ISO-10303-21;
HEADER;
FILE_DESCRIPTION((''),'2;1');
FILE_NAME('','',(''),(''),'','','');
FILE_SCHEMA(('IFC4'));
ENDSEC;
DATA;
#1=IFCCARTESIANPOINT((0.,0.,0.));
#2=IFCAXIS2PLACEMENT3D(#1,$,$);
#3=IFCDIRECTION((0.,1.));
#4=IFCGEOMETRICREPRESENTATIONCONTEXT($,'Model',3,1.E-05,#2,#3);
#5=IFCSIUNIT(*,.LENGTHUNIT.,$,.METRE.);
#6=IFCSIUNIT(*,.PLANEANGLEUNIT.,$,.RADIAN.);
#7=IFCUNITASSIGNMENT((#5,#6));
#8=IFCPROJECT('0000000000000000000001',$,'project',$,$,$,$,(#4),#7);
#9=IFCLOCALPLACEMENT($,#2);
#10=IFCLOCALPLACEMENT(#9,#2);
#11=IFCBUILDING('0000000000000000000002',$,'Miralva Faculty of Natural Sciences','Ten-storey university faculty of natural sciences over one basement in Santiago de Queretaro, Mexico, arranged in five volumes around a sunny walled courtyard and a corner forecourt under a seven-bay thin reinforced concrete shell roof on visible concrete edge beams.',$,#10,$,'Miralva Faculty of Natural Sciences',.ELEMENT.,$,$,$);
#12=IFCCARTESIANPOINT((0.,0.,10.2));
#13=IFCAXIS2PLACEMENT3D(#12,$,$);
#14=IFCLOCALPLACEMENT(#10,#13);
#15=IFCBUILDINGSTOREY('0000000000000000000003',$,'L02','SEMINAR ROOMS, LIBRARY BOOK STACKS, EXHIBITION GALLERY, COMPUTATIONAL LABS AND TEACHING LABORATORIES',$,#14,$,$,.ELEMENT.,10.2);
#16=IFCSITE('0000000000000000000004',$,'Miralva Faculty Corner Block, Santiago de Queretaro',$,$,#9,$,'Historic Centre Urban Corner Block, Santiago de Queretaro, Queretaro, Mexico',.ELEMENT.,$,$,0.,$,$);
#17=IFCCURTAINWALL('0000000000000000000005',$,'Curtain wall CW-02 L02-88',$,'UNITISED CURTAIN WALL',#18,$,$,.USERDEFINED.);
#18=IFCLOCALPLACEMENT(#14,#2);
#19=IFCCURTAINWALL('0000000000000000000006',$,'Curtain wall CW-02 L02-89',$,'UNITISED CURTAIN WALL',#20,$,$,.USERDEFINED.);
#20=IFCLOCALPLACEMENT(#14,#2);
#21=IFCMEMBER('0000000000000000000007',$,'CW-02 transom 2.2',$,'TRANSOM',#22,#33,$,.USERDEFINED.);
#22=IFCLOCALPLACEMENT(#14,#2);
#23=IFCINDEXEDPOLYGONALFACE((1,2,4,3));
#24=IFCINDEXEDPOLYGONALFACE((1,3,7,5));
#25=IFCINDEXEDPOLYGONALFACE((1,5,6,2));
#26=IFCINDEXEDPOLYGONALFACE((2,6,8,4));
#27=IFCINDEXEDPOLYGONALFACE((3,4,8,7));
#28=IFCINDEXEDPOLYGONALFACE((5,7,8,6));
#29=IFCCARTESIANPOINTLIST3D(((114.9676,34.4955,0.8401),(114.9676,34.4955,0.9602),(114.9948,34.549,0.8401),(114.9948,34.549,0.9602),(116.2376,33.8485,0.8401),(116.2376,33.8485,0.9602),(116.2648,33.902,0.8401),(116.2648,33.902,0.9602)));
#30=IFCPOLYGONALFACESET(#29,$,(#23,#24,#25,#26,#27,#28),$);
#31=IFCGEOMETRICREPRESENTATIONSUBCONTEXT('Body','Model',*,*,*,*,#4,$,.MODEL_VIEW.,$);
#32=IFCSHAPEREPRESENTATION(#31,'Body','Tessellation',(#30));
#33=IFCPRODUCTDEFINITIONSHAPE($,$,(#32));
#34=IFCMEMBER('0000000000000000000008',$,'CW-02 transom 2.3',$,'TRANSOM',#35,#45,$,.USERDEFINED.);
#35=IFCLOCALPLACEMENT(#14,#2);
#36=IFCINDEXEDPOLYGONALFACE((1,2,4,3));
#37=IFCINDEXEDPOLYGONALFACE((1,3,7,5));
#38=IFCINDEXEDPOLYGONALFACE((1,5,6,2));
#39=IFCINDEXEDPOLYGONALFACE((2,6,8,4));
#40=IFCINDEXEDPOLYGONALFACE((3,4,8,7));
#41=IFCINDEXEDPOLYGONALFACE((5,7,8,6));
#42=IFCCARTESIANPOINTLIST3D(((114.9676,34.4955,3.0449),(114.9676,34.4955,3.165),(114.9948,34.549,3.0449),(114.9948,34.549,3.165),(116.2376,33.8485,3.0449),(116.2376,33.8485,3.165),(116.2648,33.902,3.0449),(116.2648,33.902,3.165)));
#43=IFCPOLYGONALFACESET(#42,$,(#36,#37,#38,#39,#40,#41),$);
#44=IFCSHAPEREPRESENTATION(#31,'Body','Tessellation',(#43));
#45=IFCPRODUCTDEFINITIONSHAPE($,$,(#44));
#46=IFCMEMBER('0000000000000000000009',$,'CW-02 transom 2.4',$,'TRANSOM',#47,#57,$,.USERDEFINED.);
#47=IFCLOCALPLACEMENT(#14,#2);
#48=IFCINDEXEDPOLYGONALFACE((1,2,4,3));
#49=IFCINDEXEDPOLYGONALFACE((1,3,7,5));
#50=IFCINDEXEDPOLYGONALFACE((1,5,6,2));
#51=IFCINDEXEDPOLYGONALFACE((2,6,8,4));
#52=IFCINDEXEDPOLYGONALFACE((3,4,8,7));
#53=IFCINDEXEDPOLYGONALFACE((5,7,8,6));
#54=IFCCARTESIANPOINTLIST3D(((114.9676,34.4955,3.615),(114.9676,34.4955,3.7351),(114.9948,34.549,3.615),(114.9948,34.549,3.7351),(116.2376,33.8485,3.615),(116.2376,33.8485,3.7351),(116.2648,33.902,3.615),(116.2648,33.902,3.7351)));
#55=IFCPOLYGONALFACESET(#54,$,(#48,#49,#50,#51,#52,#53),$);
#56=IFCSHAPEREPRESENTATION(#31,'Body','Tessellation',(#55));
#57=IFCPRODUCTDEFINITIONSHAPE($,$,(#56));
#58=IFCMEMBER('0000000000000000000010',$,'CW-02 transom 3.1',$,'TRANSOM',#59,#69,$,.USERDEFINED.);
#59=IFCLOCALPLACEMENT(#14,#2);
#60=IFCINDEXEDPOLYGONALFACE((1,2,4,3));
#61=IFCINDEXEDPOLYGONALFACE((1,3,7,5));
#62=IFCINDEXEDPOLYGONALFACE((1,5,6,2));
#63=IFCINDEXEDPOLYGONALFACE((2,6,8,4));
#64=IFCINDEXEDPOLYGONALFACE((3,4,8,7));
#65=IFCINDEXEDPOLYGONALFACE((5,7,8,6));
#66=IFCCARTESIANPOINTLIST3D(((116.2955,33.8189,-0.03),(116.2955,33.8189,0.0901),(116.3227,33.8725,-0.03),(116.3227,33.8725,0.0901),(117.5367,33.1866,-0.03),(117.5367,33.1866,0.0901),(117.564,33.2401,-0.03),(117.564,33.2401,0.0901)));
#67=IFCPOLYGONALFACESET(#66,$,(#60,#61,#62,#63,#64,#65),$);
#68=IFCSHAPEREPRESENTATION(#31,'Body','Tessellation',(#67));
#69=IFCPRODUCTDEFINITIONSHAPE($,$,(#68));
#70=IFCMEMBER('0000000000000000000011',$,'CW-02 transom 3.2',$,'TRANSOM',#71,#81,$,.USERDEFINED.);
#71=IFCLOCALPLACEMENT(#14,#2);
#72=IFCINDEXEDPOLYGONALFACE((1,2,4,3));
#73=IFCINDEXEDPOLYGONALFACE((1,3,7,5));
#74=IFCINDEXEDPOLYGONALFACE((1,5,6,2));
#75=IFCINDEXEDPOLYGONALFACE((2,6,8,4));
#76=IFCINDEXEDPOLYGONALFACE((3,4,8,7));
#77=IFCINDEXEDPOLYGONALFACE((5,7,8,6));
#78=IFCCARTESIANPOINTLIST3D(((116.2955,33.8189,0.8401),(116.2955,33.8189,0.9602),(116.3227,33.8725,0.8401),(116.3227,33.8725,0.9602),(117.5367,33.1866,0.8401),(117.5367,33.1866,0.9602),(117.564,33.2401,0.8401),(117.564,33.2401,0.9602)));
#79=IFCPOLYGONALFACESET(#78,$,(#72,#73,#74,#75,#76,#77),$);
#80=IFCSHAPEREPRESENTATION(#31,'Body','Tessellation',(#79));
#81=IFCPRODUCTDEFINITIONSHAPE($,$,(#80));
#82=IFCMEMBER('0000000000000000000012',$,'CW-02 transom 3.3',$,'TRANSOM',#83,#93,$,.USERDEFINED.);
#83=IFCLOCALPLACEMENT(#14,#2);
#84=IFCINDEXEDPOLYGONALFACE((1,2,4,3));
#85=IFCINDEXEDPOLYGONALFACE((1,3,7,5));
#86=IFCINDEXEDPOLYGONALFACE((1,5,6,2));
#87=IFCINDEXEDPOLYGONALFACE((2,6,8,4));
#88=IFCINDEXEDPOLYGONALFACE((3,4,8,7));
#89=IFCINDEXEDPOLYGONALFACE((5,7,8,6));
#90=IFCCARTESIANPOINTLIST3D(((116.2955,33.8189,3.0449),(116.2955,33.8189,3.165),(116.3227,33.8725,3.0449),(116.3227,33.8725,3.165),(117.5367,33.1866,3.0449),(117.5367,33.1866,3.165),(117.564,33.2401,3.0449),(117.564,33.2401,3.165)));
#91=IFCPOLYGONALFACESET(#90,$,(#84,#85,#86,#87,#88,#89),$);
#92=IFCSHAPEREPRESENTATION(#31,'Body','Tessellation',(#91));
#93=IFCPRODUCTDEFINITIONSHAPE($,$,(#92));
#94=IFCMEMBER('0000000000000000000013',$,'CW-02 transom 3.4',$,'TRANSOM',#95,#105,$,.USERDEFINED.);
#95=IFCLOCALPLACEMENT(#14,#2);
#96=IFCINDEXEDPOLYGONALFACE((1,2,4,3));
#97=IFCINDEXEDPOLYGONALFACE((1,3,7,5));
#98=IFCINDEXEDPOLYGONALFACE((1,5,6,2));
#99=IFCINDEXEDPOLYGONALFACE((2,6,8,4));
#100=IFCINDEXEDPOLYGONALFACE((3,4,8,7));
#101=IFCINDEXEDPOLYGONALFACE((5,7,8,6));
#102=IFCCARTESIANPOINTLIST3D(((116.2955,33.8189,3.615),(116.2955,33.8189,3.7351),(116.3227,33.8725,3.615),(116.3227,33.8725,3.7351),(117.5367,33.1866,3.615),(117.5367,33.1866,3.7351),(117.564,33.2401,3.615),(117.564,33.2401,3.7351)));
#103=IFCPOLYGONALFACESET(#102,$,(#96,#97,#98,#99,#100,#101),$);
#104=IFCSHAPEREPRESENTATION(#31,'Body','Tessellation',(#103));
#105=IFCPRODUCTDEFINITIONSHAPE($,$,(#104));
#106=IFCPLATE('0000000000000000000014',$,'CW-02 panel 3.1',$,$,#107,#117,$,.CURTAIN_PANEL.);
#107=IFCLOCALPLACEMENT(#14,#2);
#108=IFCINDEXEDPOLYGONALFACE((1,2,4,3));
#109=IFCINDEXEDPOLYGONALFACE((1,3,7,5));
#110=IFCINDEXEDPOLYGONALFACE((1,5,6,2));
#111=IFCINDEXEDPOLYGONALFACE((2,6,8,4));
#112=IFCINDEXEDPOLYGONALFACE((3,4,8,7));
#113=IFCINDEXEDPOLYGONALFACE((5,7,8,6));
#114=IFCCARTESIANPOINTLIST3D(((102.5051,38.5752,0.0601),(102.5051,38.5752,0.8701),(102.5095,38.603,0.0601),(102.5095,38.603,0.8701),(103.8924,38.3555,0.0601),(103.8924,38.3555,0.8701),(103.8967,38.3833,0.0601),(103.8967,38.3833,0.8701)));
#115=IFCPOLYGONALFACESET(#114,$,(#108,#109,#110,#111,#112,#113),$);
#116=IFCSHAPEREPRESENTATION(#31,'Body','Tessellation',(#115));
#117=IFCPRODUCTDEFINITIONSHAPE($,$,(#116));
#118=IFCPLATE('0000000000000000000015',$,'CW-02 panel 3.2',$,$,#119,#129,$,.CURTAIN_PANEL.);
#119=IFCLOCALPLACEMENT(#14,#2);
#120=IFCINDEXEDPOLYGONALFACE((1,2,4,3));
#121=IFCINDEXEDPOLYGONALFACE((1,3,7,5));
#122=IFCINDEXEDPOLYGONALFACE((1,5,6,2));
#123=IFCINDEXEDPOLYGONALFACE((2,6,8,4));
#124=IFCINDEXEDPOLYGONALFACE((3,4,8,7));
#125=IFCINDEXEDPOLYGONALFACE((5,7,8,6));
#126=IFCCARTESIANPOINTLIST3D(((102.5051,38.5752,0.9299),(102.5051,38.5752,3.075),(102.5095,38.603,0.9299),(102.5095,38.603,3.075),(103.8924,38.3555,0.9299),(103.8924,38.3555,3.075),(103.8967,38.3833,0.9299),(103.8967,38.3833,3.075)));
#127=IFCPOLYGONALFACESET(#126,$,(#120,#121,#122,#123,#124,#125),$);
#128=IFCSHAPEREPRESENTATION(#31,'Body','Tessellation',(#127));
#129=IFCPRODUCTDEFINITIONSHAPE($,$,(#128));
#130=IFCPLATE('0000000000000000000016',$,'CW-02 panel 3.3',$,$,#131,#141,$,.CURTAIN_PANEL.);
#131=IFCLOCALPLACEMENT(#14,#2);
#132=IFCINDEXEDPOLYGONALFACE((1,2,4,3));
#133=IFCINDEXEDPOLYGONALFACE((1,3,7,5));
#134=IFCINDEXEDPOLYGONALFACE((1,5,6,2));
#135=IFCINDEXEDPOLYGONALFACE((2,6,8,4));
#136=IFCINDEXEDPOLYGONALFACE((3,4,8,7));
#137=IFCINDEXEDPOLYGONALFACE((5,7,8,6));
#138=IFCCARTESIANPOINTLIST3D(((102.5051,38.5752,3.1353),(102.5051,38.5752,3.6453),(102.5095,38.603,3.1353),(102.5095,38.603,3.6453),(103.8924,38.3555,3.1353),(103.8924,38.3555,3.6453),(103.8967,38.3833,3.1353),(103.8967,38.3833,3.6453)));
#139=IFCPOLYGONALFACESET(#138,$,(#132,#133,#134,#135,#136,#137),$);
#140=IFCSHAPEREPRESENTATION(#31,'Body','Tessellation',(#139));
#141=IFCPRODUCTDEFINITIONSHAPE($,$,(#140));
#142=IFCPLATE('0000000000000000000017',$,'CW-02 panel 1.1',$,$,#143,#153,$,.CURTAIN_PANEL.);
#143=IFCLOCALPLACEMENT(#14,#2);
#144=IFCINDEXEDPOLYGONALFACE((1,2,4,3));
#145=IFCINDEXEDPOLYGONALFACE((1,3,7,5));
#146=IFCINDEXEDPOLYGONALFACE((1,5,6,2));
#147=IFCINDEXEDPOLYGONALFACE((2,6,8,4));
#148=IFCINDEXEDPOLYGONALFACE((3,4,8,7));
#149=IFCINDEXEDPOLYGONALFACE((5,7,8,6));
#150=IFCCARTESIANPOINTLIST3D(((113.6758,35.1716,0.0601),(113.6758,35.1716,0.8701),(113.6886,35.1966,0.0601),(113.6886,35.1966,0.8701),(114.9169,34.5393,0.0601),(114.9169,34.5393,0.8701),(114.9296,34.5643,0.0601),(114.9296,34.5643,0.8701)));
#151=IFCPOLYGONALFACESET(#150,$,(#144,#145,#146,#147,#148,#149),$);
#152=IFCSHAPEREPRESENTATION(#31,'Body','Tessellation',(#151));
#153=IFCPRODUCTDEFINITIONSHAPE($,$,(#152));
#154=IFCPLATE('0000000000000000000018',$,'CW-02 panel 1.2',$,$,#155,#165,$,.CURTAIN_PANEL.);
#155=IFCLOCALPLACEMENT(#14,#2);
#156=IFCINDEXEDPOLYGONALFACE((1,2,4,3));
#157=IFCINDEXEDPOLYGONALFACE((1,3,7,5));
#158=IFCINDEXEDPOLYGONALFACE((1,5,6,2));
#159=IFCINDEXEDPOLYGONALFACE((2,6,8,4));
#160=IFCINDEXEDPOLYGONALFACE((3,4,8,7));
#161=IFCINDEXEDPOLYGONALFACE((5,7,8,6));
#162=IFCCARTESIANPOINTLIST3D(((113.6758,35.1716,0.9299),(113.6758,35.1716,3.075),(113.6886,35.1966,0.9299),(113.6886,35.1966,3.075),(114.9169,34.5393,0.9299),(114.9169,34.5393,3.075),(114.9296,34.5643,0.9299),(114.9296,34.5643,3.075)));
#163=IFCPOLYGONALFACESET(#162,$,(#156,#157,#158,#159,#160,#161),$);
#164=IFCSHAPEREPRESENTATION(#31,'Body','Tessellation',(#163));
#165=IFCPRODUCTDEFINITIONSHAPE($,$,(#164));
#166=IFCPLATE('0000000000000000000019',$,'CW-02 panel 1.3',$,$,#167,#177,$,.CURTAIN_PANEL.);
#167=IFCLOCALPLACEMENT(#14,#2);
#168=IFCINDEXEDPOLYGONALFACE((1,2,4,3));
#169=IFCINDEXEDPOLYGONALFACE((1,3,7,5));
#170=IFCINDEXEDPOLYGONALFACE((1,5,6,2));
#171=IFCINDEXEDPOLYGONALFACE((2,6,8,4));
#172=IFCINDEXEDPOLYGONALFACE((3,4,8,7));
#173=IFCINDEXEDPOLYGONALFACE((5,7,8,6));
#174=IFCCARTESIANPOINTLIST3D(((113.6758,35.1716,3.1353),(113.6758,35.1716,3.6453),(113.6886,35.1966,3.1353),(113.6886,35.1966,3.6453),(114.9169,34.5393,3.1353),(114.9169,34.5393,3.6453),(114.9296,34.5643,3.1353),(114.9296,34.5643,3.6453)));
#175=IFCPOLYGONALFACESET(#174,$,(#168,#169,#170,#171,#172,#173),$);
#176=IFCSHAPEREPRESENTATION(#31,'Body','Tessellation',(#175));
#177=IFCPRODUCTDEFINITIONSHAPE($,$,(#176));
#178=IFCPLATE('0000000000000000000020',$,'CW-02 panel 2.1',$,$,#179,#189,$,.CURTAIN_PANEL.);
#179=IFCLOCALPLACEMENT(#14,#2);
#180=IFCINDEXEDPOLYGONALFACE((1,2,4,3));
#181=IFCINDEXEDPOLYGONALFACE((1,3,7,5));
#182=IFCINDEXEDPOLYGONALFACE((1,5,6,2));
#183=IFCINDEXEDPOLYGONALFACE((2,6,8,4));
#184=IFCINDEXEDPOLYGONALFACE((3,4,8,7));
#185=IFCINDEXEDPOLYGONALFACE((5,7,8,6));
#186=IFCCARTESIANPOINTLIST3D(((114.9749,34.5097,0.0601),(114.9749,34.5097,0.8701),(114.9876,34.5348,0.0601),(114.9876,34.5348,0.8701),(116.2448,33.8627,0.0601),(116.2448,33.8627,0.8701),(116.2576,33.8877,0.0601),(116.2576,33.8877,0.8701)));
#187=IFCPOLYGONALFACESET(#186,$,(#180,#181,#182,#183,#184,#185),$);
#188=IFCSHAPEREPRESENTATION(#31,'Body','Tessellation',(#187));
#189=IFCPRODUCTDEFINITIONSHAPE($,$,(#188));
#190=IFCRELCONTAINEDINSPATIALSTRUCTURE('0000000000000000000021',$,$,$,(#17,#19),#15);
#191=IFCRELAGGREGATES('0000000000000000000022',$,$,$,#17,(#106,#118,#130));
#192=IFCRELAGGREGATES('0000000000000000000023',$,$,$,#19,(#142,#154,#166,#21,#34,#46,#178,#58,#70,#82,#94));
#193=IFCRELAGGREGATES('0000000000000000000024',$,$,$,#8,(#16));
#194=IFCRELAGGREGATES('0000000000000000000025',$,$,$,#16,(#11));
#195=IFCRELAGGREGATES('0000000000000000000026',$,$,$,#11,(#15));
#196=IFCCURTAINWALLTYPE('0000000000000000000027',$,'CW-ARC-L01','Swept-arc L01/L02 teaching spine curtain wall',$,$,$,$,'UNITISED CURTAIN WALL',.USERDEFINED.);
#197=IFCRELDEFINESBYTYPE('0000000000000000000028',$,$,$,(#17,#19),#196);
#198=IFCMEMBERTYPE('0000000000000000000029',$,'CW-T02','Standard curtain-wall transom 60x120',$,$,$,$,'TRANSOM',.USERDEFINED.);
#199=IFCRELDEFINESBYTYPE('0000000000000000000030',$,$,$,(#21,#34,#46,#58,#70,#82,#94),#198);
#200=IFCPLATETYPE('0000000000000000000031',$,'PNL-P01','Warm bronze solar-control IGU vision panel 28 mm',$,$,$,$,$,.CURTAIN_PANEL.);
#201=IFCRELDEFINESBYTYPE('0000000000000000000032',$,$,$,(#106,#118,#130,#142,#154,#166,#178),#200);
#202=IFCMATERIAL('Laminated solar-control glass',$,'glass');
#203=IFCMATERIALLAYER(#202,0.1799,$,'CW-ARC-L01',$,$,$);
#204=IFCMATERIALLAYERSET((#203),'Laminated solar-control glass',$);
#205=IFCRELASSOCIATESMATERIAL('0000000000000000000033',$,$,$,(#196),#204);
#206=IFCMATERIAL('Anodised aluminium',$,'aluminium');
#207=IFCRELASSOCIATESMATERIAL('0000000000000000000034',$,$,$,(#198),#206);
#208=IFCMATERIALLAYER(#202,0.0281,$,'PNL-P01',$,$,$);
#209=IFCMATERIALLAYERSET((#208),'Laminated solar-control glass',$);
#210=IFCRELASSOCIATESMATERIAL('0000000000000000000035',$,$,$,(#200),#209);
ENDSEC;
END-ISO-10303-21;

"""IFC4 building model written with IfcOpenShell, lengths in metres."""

from ifc_helpers import new_model, si_unit, direction, frame, origin, origin_2d, place, context, subcontext, project, spatial, rectangle, extrude, material, layer, layer_set, material_profile, profile_set, type_object, element, aggregate, save


model = new_model("IFC4")

# Units and contexts
model_context = context("Model", 3, precision=1e-05, world=origin(), true_north=direction((0.0, 1.0)))
body_context = subcontext(model_context, "Body", "Model", "MODEL_VIEW")
ifc_project = project(units=[si_unit("LENGTHUNIT", "METRE"), si_unit("PLANEANGLEUNIT", "RADIAN")], contexts=[model_context])

# Site, building, storey
site_placement = place(None, origin())
site = spatial("IfcSite", under=ifc_project, at=site_placement, Name="Miralva Faculty Corner Block, Santiago de Queretaro", LongName="Historic Centre Urban Corner Block, Santiago de Queretaro, Queretaro, Mexico", CompositionType="ELEMENT", RefElevation=0.0)
building_placement = place(site_placement, origin())
building = spatial("IfcBuilding", under=site, at=building_placement, Name="Miralva Faculty of Natural Sciences", Description="Ten-storey university faculty of natural sciences over one basement in Santiago de Queretaro, Mexico, arranged in five volumes around a sunny walled courtyard and a corner forecourt under a seven-bay thin reinforced concrete shell roof on visible concrete edge beams.", LongName="Miralva Faculty of Natural Sciences", CompositionType="ELEMENT")
storey_placement = place(building_placement, frame((0.0, 0.0, 10.2)))
storey = spatial("IfcBuildingStorey", under=building, at=storey_placement, Name="L02", Description="SEMINAR ROOMS, LIBRARY BOOK STACKS, EXHIBITION GALLERY, COMPUTATIONAL LABS AND TEACHING LABORATORIES", CompositionType="ELEMENT", Elevation=10.2)

# Curtain wall
ifc_material_1 = material(Name="Laminated solar-control glass", Category="glass")
ifc_layer_1 = layer(ifc_material_1, 0.1799, Name="CW-ARC-L01")
ifc_layer_set_1 = layer_set([ifc_layer_1], Name="Laminated solar-control glass")
curtain_wall_type = type_object("IfcCurtainWallType", Name="CW-ARC-L01", Description="Swept-arc L01/L02 teaching spine curtain wall", ElementType="UNITISED CURTAIN WALL", PredefinedType="USERDEFINED", material=ifc_layer_set_1)
curtain_wall_1_placement = place(storey_placement, origin())
curtain_wall_1 = element("IfcCurtainWall", 1, at=curtain_wall_1_placement, inside=storey, type_object=curtain_wall_type, Name="Curtain wall CW-02 L02-88", ObjectType="UNITISED CURTAIN WALL", PredefinedType="USERDEFINED")
ifc_material_2 = material(Name="Anodised aluminium", Category="aluminium")

# Curtain wall
curtain_wall_2_placement = place(storey_placement, origin())
curtain_wall_2 = element("IfcCurtainWall", 2, at=curtain_wall_2_placement, inside=storey, type_object=curtain_wall_type, Name="Curtain wall CW-02 L02-89", ObjectType="UNITISED CURTAIN WALL", PredefinedType="USERDEFINED")

# Members
ifc_material_profile_1 = material_profile(ifc_material_2, rectangle(XDim=0.0601, YDim=0.1201, at=origin_2d()), Name="TRANSOM 60x120")
ifc_profile_set_1 = profile_set([ifc_material_profile_1], Name="Anodised aluminium")
member_type_1 = type_object("IfcMemberType", Name="CW-T02", Description="Standard curtain-wall transom 60x120", ElementType="TRANSOM", PredefinedType="USERDEFINED", material=ifc_profile_set_1)
member_1_placement = place(storey_placement, frame((114.9812, 34.5222, 0.9001), z_axis=(0.891045, -0.453916, 0.0), x_axis=(0.453916, 0.891045, 0.0)))
member_1 = element("IfcMember", 3, at=member_1_placement, type_object=member_type_1, Name="CW-02 transom 2.2", ObjectType="TRANSOM", PredefinedType="USERDEFINED", context=body_context, shape_type="SweptSolid", body=[
    extrude(rectangle(XDim=0.0601, YDim=0.1201, at=origin_2d()), origin(), (0.0, 0.0, 1.0), 1.4253),
])
member_2_placement = place(storey_placement, frame((114.9812, 34.5222, 3.105), z_axis=(0.891045, -0.453916, 0.0), x_axis=(0.453916, 0.891045, 0.0)))
member_2 = element("IfcMember", 4, at=member_2_placement, type_object=member_type_1, Name="CW-02 transom 2.3", ObjectType="TRANSOM", PredefinedType="USERDEFINED", context=body_context, shape_type="SweptSolid", body=[
    extrude(rectangle(XDim=0.0601, YDim=0.1201, at=origin_2d()), origin(), (0.0, 0.0, 1.0), 1.4253),
])
member_3_placement = place(storey_placement, frame((114.9812, 34.5222, 3.675), z_axis=(0.891045, -0.453916, 0.0), x_axis=(0.453916, 0.891045, 0.0)))
member_3 = element("IfcMember", 5, at=member_3_placement, type_object=member_type_1, Name="CW-02 transom 2.4", ObjectType="TRANSOM", PredefinedType="USERDEFINED", context=body_context, shape_type="SweptSolid", body=[
    extrude(rectangle(XDim=0.0601, YDim=0.1201, at=origin_2d()), origin(), (0.0, 0.0, 1.0), 1.4253),
])
member_4_placement = place(storey_placement, frame((116.3091, 33.8457, 0.03), z_axis=(0.891037, -0.453931, 0.0), x_axis=(0.453931, 0.891037, 0.0)))
member_4 = element("IfcMember", 6, at=member_4_placement, type_object=member_type_1, Name="CW-02 transom 3.1", ObjectType="TRANSOM", PredefinedType="USERDEFINED", context=body_context, shape_type="SweptSolid", body=[
    extrude(rectangle(XDim=0.0601, YDim=0.1201, at=origin_2d()), origin(), (0.0, 0.0, 1.0), 1.3931),
])
member_5_placement = place(storey_placement, frame((116.3091, 33.8457, 0.9001), z_axis=(0.891037, -0.453931, 0.0), x_axis=(0.453931, 0.891037, 0.0)))
member_5 = element("IfcMember", 7, at=member_5_placement, type_object=member_type_1, Name="CW-02 transom 3.2", ObjectType="TRANSOM", PredefinedType="USERDEFINED", context=body_context, shape_type="SweptSolid", body=[
    extrude(rectangle(XDim=0.0601, YDim=0.1201, at=origin_2d()), origin(), (0.0, 0.0, 1.0), 1.3931),
])
member_6_placement = place(storey_placement, frame((116.3091, 33.8457, 3.105), z_axis=(0.891037, -0.453931, 0.0), x_axis=(0.453931, 0.891037, 0.0)))
member_6 = element("IfcMember", 8, at=member_6_placement, type_object=member_type_1, Name="CW-02 transom 3.3", ObjectType="TRANSOM", PredefinedType="USERDEFINED", context=body_context, shape_type="SweptSolid", body=[
    extrude(rectangle(XDim=0.0601, YDim=0.1201, at=origin_2d()), origin(), (0.0, 0.0, 1.0), 1.3931),
])
member_7_placement = place(storey_placement, frame((116.3091, 33.8457, 3.675), z_axis=(0.891037, -0.453931, 0.0), x_axis=(0.453931, 0.891037, 0.0)))
member_7 = element("IfcMember", 9, at=member_7_placement, type_object=member_type_1, Name="CW-02 transom 3.4", ObjectType="TRANSOM", PredefinedType="USERDEFINED", context=body_context, shape_type="SweptSolid", body=[
    extrude(rectangle(XDim=0.0601, YDim=0.1201, at=origin_2d()), origin(), (0.0, 0.0, 1.0), 1.3931),
])

# Plates
ifc_layer_2 = layer(ifc_material_1, 0.0281, Name="PNL-P01")
ifc_layer_set_2 = layer_set([ifc_layer_2], Name="Laminated solar-control glass")
plate_type = type_object("IfcPlateType", Name="PNL-P01", Description="Warm bronze solar-control IGU vision panel 28 mm", PredefinedType="CURTAIN_PANEL", material=ifc_layer_set_2)
plate_1_placement = place(storey_placement, frame((103.2009, 38.4792, 0.0601), z_axis=(0.0, 0.0, 1.0), x_axis=(0.987688, -0.156437, 0.0)))
plate_1 = element("IfcPlate", 10, at=plate_1_placement, type_object=plate_type, Name="CW-02 panel 3.1", PredefinedType="CURTAIN_PANEL", context=body_context, shape_type="SweptSolid", body=[
    extrude(rectangle(XDim=1.4045, YDim=0.0281, at=origin_2d()), origin(), (0.0, 0.0, 1.0), 0.8101),
])
plate_2_placement = place(storey_placement, frame((103.2009, 38.4792, 0.9299), z_axis=(0.0, 0.0, 1.0), x_axis=(0.987688, -0.156437, 0.0)))
plate_2 = element("IfcPlate", 11, at=plate_2_placement, type_object=plate_type, Name="CW-02 panel 3.2", PredefinedType="CURTAIN_PANEL", context=body_context, shape_type="SweptSolid", body=[
    extrude(rectangle(XDim=1.4045, YDim=0.0281, at=origin_2d()), origin(), (0.0, 0.0, 1.0), 2.145),
])
plate_3_placement = place(storey_placement, frame((103.2009, 38.4792, 3.1353), z_axis=(0.0, 0.0, 1.0), x_axis=(0.987688, -0.156437, 0.0)))
plate_3 = element("IfcPlate", 12, at=plate_3_placement, type_object=plate_type, Name="CW-02 panel 3.3", PredefinedType="CURTAIN_PANEL", context=body_context, shape_type="SweptSolid", body=[
    extrude(rectangle(XDim=1.4045, YDim=0.0281, at=origin_2d()), origin(), (0.0, 0.0, 1.0), 0.51),
])
aggregate(curtain_wall_1, [plate_1, plate_2, plate_3])
plate_4_placement = place(storey_placement, frame((114.3027, 34.8679, 0.0601), z_axis=(0.0, 0.0, 1.0), x_axis=(0.891015, -0.453973, 0.0)))
plate_4 = element("IfcPlate", 13, at=plate_4_placement, type_object=plate_type, Name="CW-02 panel 1.1", PredefinedType="CURTAIN_PANEL", context=body_context, shape_type="SweptSolid", body=[
    extrude(rectangle(XDim=1.3928, YDim=0.0281, at=origin_2d()), origin(), (0.0, 0.0, 1.0), 0.8101),
])
plate_5_placement = place(storey_placement, frame((114.3027, 34.8679, 0.9299), z_axis=(0.0, 0.0, 1.0), x_axis=(0.891015, -0.453973, 0.0)))
plate_5 = element("IfcPlate", 14, at=plate_5_placement, type_object=plate_type, Name="CW-02 panel 1.2", PredefinedType="CURTAIN_PANEL", context=body_context, shape_type="SweptSolid", body=[
    extrude(rectangle(XDim=1.3928, YDim=0.0281, at=origin_2d()), origin(), (0.0, 0.0, 1.0), 2.145),
])
plate_6_placement = place(storey_placement, frame((114.3027, 34.8679, 3.1353), z_axis=(0.0, 0.0, 1.0), x_axis=(0.891015, -0.453973, 0.0)))
plate_6 = element("IfcPlate", 15, at=plate_6_placement, type_object=plate_type, Name="CW-02 panel 1.3", PredefinedType="CURTAIN_PANEL", context=body_context, shape_type="SweptSolid", body=[
    extrude(rectangle(XDim=1.3928, YDim=0.0281, at=origin_2d()), origin(), (0.0, 0.0, 1.0), 0.51),
])
plate_7_placement = place(storey_placement, frame((115.6162, 34.1987, 0.0601), z_axis=(0.0, 0.0, 1.0), x_axis=(0.891015, -0.453973, 0.0)))
plate_7 = element("IfcPlate", 16, at=plate_7_placement, type_object=plate_type, Name="CW-02 panel 2.1", PredefinedType="CURTAIN_PANEL", context=body_context, shape_type="SweptSolid", body=[
    extrude(rectangle(XDim=1.4253, YDim=0.0281, at=origin_2d()), origin(), (0.0, 0.0, 1.0), 0.8101),
])
aggregate(curtain_wall_2, [plate_4, plate_5, plate_6, member_1, member_2, member_3, plate_7, member_4, member_5, member_6, member_7])

save(model, "model.ifc")
